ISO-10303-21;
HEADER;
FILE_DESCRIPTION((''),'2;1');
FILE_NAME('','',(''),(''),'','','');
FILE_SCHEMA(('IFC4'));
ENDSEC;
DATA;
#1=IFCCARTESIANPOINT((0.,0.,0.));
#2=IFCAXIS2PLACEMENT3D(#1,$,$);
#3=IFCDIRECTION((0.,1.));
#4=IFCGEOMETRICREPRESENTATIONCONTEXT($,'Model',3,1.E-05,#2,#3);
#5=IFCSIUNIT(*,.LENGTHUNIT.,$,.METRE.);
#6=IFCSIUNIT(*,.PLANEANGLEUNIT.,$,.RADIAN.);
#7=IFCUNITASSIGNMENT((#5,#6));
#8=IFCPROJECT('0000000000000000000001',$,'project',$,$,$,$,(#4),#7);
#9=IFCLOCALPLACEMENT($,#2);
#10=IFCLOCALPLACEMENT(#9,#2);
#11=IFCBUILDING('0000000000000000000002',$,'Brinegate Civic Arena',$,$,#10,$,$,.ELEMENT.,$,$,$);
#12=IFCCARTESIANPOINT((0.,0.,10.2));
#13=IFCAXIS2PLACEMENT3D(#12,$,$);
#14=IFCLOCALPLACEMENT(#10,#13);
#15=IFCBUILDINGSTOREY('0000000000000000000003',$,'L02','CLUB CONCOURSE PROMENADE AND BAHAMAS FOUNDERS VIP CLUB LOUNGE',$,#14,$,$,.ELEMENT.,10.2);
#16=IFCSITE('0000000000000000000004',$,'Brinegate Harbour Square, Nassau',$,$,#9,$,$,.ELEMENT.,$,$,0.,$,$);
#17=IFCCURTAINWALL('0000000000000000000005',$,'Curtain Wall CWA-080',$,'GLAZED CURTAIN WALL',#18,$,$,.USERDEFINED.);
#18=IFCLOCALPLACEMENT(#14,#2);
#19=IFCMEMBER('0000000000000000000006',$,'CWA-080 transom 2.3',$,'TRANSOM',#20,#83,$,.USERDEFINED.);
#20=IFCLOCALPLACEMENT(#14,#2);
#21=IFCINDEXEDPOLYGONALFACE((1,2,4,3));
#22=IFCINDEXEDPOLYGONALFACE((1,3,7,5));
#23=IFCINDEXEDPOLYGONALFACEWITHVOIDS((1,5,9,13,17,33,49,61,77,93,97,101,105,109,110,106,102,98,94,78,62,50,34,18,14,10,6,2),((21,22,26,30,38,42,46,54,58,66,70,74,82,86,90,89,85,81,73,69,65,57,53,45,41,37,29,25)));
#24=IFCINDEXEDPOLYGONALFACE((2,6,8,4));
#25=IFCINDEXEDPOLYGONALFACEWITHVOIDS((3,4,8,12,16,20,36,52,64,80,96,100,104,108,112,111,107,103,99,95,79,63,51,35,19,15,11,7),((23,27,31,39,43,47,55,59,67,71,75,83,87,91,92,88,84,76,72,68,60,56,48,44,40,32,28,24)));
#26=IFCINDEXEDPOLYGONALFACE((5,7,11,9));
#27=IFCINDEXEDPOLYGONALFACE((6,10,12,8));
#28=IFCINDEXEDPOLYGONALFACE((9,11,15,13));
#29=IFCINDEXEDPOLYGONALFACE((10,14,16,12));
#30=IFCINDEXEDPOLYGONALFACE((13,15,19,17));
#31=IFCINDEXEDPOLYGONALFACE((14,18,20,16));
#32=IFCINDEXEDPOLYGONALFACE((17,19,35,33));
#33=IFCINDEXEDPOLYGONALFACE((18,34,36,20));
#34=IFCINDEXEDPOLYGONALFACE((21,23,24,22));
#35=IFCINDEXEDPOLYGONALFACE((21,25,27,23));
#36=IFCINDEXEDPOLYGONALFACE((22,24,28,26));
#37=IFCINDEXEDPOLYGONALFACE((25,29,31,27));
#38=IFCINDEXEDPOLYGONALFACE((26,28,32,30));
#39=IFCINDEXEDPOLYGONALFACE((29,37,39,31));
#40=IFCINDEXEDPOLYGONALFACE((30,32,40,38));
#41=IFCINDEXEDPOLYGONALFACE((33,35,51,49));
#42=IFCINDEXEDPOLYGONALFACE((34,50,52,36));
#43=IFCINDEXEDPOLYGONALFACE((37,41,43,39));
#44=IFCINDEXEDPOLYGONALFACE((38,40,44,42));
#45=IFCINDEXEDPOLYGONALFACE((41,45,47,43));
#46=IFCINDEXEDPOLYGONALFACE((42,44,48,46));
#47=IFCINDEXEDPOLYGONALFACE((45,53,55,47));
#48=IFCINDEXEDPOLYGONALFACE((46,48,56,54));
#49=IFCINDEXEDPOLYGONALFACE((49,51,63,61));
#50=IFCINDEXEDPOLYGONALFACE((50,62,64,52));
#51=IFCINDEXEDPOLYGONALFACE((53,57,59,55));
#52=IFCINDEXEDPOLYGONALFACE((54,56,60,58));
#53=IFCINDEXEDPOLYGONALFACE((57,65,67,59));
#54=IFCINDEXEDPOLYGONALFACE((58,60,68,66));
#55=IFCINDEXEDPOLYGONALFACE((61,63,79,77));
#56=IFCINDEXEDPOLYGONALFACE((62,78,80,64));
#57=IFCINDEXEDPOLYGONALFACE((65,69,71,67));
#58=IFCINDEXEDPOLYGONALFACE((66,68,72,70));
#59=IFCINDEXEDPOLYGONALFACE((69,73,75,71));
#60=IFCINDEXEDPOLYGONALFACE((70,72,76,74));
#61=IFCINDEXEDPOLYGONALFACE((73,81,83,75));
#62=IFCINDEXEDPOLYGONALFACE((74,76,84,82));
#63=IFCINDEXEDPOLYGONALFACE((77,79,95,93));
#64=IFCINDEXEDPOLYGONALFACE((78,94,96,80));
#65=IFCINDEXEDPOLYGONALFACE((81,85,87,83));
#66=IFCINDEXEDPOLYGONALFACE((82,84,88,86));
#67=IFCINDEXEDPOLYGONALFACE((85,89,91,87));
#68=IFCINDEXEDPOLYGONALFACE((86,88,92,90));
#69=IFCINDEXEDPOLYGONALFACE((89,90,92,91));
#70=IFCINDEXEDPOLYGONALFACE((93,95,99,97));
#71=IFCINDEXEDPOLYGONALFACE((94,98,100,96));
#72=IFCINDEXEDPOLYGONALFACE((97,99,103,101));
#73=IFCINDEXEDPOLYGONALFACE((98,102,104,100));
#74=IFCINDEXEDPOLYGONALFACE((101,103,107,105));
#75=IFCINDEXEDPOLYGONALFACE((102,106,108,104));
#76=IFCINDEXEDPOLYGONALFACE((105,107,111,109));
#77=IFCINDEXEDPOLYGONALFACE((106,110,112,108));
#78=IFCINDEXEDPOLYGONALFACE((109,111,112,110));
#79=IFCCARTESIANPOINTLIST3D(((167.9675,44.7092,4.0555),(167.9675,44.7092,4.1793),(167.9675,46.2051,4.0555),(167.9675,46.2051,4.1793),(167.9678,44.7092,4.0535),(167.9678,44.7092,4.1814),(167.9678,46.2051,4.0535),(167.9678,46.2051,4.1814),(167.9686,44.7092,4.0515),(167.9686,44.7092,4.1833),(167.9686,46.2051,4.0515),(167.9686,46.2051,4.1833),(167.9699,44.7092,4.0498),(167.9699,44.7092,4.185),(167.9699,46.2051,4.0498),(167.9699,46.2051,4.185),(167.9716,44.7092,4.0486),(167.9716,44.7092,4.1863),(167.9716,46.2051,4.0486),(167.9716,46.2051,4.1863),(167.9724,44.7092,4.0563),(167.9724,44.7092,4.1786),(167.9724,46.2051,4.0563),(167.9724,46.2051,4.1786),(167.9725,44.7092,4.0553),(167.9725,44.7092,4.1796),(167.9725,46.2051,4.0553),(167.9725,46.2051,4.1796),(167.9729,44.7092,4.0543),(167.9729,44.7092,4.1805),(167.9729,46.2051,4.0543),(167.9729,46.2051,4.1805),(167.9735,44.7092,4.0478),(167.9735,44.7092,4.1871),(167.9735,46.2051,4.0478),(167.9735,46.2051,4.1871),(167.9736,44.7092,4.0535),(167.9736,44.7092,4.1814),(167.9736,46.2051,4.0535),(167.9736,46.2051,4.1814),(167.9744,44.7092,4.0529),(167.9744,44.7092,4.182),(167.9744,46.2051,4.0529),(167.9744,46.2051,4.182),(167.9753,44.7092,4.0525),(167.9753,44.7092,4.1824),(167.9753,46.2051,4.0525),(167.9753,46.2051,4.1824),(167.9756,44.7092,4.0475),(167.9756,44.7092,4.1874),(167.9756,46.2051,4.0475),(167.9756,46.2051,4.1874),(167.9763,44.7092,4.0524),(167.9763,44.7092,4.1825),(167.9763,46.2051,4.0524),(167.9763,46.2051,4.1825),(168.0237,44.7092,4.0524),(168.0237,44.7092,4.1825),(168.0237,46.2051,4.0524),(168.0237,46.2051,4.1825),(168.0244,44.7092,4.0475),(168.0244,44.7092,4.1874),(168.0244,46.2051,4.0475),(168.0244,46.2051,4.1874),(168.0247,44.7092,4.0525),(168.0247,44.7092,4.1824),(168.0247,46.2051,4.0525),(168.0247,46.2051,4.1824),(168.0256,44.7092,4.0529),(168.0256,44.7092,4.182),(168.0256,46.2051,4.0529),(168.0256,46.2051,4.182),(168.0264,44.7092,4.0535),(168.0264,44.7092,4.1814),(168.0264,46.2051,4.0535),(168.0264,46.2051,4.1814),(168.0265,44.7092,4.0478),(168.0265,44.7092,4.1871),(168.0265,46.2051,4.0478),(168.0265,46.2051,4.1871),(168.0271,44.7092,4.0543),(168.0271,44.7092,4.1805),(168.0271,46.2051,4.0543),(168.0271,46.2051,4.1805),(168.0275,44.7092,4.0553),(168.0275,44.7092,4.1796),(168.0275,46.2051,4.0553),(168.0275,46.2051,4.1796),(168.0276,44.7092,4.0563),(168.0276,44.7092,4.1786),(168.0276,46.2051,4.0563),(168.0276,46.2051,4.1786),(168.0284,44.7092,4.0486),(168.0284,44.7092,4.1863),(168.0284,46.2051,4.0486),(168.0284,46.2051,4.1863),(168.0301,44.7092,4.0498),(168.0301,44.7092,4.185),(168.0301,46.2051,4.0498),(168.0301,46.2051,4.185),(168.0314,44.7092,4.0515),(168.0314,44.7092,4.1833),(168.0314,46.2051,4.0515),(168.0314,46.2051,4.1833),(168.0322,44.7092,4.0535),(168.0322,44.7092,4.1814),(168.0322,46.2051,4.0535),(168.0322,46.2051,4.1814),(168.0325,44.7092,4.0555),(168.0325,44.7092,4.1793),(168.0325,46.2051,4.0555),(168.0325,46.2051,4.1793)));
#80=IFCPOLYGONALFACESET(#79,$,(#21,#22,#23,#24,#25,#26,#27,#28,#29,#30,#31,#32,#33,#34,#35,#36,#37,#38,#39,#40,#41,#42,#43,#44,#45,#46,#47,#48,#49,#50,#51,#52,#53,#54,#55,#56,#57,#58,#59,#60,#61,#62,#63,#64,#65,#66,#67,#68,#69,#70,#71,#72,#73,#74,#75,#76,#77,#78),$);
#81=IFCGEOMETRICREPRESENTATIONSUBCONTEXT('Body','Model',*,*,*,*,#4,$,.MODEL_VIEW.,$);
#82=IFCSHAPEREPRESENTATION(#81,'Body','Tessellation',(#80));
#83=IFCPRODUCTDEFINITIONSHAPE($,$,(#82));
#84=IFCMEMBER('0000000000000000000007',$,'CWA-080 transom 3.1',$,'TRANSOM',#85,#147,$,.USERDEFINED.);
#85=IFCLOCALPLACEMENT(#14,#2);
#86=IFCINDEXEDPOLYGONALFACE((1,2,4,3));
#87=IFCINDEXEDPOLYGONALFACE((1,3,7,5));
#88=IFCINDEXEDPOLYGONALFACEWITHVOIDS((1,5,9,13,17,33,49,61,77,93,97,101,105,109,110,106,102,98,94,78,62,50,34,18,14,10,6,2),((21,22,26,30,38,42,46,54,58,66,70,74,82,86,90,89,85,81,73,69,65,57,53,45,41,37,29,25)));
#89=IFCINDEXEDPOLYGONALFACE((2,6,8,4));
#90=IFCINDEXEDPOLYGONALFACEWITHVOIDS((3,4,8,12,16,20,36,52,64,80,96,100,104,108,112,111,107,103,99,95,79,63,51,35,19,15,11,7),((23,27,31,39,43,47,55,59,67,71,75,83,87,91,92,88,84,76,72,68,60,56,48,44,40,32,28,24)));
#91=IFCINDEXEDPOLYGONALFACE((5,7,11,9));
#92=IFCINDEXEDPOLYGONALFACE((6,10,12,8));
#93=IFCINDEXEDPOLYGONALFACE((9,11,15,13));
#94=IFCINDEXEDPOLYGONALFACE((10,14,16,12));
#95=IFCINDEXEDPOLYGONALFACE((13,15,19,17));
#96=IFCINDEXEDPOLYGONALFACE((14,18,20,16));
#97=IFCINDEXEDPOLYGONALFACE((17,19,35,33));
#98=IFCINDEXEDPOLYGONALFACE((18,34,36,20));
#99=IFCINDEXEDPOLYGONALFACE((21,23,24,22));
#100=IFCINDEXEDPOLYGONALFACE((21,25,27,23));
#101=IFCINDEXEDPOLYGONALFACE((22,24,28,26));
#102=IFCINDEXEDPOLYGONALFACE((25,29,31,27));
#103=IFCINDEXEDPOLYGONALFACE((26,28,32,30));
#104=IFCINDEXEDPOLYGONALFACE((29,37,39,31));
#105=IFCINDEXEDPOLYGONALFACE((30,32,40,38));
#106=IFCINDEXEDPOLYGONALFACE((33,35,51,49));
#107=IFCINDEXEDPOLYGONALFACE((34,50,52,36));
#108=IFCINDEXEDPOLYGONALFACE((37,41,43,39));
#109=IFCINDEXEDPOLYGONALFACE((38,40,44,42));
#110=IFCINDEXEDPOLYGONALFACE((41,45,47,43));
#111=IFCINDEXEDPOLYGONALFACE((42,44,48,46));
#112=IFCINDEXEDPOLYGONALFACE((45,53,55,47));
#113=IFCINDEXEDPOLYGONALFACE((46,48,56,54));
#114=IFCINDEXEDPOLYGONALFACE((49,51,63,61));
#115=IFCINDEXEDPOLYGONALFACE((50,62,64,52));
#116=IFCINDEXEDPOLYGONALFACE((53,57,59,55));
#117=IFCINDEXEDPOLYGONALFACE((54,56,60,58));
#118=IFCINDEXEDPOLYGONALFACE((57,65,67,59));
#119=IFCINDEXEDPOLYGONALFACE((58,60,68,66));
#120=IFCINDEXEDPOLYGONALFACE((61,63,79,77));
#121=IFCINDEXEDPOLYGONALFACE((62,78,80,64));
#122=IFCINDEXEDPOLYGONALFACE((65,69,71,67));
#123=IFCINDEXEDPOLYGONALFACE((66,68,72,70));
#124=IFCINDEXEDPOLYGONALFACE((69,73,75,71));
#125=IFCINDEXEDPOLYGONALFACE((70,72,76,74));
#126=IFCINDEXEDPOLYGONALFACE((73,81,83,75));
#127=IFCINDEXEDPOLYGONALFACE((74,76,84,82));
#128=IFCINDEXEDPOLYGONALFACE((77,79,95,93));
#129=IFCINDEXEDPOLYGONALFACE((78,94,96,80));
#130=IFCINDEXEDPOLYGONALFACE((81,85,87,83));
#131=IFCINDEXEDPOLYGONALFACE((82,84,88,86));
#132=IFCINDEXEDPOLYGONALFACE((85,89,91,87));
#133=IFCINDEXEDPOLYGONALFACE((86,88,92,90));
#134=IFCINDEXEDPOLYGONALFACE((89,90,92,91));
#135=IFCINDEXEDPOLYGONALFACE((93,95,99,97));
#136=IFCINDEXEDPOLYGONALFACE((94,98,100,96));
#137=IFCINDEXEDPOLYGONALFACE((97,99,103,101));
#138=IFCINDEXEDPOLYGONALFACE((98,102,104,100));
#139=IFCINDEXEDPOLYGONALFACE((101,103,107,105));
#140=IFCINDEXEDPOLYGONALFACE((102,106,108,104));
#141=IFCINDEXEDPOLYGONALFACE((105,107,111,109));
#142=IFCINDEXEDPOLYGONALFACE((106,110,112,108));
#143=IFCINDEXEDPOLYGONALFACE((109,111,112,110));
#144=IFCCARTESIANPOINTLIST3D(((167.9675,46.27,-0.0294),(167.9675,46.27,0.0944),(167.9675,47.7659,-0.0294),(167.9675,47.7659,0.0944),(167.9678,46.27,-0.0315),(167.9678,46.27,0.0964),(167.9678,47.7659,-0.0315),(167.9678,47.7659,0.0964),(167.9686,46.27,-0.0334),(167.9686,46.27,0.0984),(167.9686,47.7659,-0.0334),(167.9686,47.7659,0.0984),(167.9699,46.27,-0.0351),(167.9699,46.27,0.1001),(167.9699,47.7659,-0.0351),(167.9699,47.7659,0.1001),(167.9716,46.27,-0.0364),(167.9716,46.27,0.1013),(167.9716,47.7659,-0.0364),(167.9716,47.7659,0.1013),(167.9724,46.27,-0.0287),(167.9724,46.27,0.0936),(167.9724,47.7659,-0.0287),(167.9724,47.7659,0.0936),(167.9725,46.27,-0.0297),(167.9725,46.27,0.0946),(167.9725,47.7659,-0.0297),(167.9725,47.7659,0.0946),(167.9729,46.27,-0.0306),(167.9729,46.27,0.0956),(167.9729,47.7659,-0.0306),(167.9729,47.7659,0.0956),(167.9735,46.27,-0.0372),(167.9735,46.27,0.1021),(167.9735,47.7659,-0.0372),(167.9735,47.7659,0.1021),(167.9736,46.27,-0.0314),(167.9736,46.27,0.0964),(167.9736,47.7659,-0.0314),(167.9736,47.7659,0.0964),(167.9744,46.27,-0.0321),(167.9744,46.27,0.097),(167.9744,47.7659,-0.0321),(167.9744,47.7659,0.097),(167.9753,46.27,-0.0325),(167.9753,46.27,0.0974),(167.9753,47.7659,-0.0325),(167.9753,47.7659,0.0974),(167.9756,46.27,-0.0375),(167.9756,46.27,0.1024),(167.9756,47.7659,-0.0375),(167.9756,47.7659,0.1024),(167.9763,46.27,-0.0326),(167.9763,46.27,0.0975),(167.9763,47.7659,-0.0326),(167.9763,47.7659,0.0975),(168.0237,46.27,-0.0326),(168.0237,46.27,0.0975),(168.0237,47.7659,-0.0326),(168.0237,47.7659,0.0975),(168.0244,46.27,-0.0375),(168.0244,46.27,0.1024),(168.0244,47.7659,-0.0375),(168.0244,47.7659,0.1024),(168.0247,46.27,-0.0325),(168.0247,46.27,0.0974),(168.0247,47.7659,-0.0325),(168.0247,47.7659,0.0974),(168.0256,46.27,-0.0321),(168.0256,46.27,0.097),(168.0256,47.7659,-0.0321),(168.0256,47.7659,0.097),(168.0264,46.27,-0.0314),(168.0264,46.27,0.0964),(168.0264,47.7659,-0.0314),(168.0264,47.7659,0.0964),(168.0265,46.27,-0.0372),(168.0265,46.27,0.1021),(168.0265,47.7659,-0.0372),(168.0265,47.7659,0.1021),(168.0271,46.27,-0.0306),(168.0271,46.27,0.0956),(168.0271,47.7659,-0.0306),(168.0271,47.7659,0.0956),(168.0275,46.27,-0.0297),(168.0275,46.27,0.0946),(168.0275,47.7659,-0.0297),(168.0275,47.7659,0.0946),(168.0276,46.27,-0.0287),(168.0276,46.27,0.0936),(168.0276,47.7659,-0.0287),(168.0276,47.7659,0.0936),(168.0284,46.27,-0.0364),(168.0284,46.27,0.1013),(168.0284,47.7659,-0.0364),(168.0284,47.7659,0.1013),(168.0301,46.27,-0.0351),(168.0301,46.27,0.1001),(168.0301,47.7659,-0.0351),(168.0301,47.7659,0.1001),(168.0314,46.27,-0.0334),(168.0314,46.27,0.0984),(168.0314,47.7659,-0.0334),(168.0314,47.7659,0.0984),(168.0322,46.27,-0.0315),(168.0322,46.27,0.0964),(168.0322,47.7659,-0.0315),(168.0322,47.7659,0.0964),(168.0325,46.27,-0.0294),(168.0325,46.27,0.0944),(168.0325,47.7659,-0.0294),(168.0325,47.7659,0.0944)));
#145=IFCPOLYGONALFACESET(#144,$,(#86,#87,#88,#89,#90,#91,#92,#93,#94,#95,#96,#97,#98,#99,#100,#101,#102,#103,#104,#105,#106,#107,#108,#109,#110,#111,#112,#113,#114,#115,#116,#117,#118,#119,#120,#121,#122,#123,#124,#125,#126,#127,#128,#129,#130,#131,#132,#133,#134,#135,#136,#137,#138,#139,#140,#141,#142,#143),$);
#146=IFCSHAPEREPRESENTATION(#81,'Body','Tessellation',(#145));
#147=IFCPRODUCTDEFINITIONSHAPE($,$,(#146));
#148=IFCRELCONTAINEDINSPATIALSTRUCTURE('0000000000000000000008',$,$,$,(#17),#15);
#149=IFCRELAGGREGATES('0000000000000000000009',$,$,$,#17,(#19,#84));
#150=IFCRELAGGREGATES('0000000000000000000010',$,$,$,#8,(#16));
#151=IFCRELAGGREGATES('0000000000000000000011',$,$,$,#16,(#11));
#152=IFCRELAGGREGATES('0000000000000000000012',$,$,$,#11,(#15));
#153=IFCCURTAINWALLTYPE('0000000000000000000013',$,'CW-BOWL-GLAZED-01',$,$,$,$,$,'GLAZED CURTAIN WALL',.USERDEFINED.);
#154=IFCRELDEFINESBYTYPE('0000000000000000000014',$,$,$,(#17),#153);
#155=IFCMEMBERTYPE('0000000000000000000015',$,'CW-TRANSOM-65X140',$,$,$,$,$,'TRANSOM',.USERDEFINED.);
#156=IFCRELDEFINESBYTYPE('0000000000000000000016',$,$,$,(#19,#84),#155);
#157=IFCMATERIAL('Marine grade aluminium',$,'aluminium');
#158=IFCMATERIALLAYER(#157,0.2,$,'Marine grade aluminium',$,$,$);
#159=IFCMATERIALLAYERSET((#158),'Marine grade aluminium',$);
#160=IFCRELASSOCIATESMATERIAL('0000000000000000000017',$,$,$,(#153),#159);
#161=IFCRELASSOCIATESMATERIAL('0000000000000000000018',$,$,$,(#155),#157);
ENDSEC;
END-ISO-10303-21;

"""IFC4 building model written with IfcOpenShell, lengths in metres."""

from ifc_helpers import new_model, si_unit, direction, frame, origin, origin_2d, place, context, subcontext, project, spatial, hollow_rectangle, extrude, material, layer, layer_set, material_profile, profile_set, type_object, element, aggregate, save


model = new_model("IFC4")

# Units and contexts
model_context = context("Model", 3, precision=1e-05, world=origin(), true_north=direction((0.0, 1.0)))
body_context = subcontext(model_context, "Body", "Model", "MODEL_VIEW")
ifc_project = project(units=[si_unit("LENGTHUNIT", "METRE"), si_unit("PLANEANGLEUNIT", "RADIAN")], contexts=[model_context])

# Site, building, storey
site_placement = place(None, origin())
site = spatial("IfcSite", under=ifc_project, at=site_placement, Name="Brinegate Harbour Square, Nassau", CompositionType="ELEMENT", RefElevation=0.0)
building_placement = place(site_placement, origin())
building = spatial("IfcBuilding", under=site, at=building_placement, Name="Brinegate Civic Arena", CompositionType="ELEMENT")
storey_placement = place(building_placement, frame((0.0, 0.0, 10.2)))
storey = spatial("IfcBuildingStorey", under=building, at=storey_placement, Name="L02", Description="CLUB CONCOURSE PROMENADE AND BAHAMAS FOUNDERS VIP CLUB LOUNGE", CompositionType="ELEMENT", Elevation=10.2)

# Curtain wall, members
ifc_material_1 = material(Name="Marine grade aluminium", Category="aluminium")
ifc_layer_1 = layer(ifc_material_1, 0.2, Name="Marine grade aluminium")
ifc_layer_set_1 = layer_set([ifc_layer_1], Name="Marine grade aluminium")
curtain_wall_type = type_object("IfcCurtainWallType", Name="CW-BOWL-GLAZED-01", ElementType="GLAZED CURTAIN WALL", PredefinedType="USERDEFINED", material=ifc_layer_set_1)
curtain_wall_placement = place(storey_placement, origin())
curtain_wall = element("IfcCurtainWall", 1, at=curtain_wall_placement, inside=storey, type_object=curtain_wall_type, Name="Curtain Wall CWA-080", ObjectType="GLAZED CURTAIN WALL", PredefinedType="USERDEFINED")
ifc_material_profile_1 = material_profile(ifc_material_1, hollow_rectangle(XDim=0.0649, YDim=0.1399, WallThickness=0.0049, InnerFilletRadius=0.0039, OuterFilletRadius=0.0081, at=origin_2d()), Name="TRN65X140")
ifc_profile_set_1 = profile_set([ifc_material_profile_1], Name="Marine grade aluminium")
member_type_1 = type_object("IfcMemberType", Name="CW-TRANSOM-65X140", ElementType="TRANSOM", PredefinedType="USERDEFINED", material=ifc_profile_set_1)
member_1_placement = place(storey_placement, frame((168.0, 44.7092, 4.1174), z_axis=(0.0, 1.0, 0.0), x_axis=(-1.0, 0.0, 0.0)))
member_1 = element("IfcMember", 2, at=member_1_placement, type_object=member_type_1, Name="CWA-080 transom 2.3", ObjectType="TRANSOM", PredefinedType="USERDEFINED", context=body_context, shape_type="SweptSolid", body=[
    extrude(hollow_rectangle(XDim=0.0649, YDim=0.1399, WallThickness=0.0049, InnerFilletRadius=0.0039, OuterFilletRadius=0.0081, at=origin_2d()), origin(), (0.0, 0.0, 1.0), 1.4958),
])
member_2_placement = place(storey_placement, frame((168.0, 46.27, 0.0325), z_axis=(0.0, 1.0, 0.0), x_axis=(-1.0, 0.0, 0.0)))
member_2 = element("IfcMember", 3, at=member_2_placement, type_object=member_type_1, Name="CWA-080 transom 3.1", ObjectType="TRANSOM", PredefinedType="USERDEFINED", context=body_context, shape_type="SweptSolid", body=[
    extrude(hollow_rectangle(XDim=0.0649, YDim=0.1399, WallThickness=0.0049, InnerFilletRadius=0.0039, OuterFilletRadius=0.0081, at=origin_2d()), origin(), (0.0, 0.0, 1.0), 1.4958),
])

aggregate(curtain_wall, [member_1, member_2])

save(model, "model.ifc")
